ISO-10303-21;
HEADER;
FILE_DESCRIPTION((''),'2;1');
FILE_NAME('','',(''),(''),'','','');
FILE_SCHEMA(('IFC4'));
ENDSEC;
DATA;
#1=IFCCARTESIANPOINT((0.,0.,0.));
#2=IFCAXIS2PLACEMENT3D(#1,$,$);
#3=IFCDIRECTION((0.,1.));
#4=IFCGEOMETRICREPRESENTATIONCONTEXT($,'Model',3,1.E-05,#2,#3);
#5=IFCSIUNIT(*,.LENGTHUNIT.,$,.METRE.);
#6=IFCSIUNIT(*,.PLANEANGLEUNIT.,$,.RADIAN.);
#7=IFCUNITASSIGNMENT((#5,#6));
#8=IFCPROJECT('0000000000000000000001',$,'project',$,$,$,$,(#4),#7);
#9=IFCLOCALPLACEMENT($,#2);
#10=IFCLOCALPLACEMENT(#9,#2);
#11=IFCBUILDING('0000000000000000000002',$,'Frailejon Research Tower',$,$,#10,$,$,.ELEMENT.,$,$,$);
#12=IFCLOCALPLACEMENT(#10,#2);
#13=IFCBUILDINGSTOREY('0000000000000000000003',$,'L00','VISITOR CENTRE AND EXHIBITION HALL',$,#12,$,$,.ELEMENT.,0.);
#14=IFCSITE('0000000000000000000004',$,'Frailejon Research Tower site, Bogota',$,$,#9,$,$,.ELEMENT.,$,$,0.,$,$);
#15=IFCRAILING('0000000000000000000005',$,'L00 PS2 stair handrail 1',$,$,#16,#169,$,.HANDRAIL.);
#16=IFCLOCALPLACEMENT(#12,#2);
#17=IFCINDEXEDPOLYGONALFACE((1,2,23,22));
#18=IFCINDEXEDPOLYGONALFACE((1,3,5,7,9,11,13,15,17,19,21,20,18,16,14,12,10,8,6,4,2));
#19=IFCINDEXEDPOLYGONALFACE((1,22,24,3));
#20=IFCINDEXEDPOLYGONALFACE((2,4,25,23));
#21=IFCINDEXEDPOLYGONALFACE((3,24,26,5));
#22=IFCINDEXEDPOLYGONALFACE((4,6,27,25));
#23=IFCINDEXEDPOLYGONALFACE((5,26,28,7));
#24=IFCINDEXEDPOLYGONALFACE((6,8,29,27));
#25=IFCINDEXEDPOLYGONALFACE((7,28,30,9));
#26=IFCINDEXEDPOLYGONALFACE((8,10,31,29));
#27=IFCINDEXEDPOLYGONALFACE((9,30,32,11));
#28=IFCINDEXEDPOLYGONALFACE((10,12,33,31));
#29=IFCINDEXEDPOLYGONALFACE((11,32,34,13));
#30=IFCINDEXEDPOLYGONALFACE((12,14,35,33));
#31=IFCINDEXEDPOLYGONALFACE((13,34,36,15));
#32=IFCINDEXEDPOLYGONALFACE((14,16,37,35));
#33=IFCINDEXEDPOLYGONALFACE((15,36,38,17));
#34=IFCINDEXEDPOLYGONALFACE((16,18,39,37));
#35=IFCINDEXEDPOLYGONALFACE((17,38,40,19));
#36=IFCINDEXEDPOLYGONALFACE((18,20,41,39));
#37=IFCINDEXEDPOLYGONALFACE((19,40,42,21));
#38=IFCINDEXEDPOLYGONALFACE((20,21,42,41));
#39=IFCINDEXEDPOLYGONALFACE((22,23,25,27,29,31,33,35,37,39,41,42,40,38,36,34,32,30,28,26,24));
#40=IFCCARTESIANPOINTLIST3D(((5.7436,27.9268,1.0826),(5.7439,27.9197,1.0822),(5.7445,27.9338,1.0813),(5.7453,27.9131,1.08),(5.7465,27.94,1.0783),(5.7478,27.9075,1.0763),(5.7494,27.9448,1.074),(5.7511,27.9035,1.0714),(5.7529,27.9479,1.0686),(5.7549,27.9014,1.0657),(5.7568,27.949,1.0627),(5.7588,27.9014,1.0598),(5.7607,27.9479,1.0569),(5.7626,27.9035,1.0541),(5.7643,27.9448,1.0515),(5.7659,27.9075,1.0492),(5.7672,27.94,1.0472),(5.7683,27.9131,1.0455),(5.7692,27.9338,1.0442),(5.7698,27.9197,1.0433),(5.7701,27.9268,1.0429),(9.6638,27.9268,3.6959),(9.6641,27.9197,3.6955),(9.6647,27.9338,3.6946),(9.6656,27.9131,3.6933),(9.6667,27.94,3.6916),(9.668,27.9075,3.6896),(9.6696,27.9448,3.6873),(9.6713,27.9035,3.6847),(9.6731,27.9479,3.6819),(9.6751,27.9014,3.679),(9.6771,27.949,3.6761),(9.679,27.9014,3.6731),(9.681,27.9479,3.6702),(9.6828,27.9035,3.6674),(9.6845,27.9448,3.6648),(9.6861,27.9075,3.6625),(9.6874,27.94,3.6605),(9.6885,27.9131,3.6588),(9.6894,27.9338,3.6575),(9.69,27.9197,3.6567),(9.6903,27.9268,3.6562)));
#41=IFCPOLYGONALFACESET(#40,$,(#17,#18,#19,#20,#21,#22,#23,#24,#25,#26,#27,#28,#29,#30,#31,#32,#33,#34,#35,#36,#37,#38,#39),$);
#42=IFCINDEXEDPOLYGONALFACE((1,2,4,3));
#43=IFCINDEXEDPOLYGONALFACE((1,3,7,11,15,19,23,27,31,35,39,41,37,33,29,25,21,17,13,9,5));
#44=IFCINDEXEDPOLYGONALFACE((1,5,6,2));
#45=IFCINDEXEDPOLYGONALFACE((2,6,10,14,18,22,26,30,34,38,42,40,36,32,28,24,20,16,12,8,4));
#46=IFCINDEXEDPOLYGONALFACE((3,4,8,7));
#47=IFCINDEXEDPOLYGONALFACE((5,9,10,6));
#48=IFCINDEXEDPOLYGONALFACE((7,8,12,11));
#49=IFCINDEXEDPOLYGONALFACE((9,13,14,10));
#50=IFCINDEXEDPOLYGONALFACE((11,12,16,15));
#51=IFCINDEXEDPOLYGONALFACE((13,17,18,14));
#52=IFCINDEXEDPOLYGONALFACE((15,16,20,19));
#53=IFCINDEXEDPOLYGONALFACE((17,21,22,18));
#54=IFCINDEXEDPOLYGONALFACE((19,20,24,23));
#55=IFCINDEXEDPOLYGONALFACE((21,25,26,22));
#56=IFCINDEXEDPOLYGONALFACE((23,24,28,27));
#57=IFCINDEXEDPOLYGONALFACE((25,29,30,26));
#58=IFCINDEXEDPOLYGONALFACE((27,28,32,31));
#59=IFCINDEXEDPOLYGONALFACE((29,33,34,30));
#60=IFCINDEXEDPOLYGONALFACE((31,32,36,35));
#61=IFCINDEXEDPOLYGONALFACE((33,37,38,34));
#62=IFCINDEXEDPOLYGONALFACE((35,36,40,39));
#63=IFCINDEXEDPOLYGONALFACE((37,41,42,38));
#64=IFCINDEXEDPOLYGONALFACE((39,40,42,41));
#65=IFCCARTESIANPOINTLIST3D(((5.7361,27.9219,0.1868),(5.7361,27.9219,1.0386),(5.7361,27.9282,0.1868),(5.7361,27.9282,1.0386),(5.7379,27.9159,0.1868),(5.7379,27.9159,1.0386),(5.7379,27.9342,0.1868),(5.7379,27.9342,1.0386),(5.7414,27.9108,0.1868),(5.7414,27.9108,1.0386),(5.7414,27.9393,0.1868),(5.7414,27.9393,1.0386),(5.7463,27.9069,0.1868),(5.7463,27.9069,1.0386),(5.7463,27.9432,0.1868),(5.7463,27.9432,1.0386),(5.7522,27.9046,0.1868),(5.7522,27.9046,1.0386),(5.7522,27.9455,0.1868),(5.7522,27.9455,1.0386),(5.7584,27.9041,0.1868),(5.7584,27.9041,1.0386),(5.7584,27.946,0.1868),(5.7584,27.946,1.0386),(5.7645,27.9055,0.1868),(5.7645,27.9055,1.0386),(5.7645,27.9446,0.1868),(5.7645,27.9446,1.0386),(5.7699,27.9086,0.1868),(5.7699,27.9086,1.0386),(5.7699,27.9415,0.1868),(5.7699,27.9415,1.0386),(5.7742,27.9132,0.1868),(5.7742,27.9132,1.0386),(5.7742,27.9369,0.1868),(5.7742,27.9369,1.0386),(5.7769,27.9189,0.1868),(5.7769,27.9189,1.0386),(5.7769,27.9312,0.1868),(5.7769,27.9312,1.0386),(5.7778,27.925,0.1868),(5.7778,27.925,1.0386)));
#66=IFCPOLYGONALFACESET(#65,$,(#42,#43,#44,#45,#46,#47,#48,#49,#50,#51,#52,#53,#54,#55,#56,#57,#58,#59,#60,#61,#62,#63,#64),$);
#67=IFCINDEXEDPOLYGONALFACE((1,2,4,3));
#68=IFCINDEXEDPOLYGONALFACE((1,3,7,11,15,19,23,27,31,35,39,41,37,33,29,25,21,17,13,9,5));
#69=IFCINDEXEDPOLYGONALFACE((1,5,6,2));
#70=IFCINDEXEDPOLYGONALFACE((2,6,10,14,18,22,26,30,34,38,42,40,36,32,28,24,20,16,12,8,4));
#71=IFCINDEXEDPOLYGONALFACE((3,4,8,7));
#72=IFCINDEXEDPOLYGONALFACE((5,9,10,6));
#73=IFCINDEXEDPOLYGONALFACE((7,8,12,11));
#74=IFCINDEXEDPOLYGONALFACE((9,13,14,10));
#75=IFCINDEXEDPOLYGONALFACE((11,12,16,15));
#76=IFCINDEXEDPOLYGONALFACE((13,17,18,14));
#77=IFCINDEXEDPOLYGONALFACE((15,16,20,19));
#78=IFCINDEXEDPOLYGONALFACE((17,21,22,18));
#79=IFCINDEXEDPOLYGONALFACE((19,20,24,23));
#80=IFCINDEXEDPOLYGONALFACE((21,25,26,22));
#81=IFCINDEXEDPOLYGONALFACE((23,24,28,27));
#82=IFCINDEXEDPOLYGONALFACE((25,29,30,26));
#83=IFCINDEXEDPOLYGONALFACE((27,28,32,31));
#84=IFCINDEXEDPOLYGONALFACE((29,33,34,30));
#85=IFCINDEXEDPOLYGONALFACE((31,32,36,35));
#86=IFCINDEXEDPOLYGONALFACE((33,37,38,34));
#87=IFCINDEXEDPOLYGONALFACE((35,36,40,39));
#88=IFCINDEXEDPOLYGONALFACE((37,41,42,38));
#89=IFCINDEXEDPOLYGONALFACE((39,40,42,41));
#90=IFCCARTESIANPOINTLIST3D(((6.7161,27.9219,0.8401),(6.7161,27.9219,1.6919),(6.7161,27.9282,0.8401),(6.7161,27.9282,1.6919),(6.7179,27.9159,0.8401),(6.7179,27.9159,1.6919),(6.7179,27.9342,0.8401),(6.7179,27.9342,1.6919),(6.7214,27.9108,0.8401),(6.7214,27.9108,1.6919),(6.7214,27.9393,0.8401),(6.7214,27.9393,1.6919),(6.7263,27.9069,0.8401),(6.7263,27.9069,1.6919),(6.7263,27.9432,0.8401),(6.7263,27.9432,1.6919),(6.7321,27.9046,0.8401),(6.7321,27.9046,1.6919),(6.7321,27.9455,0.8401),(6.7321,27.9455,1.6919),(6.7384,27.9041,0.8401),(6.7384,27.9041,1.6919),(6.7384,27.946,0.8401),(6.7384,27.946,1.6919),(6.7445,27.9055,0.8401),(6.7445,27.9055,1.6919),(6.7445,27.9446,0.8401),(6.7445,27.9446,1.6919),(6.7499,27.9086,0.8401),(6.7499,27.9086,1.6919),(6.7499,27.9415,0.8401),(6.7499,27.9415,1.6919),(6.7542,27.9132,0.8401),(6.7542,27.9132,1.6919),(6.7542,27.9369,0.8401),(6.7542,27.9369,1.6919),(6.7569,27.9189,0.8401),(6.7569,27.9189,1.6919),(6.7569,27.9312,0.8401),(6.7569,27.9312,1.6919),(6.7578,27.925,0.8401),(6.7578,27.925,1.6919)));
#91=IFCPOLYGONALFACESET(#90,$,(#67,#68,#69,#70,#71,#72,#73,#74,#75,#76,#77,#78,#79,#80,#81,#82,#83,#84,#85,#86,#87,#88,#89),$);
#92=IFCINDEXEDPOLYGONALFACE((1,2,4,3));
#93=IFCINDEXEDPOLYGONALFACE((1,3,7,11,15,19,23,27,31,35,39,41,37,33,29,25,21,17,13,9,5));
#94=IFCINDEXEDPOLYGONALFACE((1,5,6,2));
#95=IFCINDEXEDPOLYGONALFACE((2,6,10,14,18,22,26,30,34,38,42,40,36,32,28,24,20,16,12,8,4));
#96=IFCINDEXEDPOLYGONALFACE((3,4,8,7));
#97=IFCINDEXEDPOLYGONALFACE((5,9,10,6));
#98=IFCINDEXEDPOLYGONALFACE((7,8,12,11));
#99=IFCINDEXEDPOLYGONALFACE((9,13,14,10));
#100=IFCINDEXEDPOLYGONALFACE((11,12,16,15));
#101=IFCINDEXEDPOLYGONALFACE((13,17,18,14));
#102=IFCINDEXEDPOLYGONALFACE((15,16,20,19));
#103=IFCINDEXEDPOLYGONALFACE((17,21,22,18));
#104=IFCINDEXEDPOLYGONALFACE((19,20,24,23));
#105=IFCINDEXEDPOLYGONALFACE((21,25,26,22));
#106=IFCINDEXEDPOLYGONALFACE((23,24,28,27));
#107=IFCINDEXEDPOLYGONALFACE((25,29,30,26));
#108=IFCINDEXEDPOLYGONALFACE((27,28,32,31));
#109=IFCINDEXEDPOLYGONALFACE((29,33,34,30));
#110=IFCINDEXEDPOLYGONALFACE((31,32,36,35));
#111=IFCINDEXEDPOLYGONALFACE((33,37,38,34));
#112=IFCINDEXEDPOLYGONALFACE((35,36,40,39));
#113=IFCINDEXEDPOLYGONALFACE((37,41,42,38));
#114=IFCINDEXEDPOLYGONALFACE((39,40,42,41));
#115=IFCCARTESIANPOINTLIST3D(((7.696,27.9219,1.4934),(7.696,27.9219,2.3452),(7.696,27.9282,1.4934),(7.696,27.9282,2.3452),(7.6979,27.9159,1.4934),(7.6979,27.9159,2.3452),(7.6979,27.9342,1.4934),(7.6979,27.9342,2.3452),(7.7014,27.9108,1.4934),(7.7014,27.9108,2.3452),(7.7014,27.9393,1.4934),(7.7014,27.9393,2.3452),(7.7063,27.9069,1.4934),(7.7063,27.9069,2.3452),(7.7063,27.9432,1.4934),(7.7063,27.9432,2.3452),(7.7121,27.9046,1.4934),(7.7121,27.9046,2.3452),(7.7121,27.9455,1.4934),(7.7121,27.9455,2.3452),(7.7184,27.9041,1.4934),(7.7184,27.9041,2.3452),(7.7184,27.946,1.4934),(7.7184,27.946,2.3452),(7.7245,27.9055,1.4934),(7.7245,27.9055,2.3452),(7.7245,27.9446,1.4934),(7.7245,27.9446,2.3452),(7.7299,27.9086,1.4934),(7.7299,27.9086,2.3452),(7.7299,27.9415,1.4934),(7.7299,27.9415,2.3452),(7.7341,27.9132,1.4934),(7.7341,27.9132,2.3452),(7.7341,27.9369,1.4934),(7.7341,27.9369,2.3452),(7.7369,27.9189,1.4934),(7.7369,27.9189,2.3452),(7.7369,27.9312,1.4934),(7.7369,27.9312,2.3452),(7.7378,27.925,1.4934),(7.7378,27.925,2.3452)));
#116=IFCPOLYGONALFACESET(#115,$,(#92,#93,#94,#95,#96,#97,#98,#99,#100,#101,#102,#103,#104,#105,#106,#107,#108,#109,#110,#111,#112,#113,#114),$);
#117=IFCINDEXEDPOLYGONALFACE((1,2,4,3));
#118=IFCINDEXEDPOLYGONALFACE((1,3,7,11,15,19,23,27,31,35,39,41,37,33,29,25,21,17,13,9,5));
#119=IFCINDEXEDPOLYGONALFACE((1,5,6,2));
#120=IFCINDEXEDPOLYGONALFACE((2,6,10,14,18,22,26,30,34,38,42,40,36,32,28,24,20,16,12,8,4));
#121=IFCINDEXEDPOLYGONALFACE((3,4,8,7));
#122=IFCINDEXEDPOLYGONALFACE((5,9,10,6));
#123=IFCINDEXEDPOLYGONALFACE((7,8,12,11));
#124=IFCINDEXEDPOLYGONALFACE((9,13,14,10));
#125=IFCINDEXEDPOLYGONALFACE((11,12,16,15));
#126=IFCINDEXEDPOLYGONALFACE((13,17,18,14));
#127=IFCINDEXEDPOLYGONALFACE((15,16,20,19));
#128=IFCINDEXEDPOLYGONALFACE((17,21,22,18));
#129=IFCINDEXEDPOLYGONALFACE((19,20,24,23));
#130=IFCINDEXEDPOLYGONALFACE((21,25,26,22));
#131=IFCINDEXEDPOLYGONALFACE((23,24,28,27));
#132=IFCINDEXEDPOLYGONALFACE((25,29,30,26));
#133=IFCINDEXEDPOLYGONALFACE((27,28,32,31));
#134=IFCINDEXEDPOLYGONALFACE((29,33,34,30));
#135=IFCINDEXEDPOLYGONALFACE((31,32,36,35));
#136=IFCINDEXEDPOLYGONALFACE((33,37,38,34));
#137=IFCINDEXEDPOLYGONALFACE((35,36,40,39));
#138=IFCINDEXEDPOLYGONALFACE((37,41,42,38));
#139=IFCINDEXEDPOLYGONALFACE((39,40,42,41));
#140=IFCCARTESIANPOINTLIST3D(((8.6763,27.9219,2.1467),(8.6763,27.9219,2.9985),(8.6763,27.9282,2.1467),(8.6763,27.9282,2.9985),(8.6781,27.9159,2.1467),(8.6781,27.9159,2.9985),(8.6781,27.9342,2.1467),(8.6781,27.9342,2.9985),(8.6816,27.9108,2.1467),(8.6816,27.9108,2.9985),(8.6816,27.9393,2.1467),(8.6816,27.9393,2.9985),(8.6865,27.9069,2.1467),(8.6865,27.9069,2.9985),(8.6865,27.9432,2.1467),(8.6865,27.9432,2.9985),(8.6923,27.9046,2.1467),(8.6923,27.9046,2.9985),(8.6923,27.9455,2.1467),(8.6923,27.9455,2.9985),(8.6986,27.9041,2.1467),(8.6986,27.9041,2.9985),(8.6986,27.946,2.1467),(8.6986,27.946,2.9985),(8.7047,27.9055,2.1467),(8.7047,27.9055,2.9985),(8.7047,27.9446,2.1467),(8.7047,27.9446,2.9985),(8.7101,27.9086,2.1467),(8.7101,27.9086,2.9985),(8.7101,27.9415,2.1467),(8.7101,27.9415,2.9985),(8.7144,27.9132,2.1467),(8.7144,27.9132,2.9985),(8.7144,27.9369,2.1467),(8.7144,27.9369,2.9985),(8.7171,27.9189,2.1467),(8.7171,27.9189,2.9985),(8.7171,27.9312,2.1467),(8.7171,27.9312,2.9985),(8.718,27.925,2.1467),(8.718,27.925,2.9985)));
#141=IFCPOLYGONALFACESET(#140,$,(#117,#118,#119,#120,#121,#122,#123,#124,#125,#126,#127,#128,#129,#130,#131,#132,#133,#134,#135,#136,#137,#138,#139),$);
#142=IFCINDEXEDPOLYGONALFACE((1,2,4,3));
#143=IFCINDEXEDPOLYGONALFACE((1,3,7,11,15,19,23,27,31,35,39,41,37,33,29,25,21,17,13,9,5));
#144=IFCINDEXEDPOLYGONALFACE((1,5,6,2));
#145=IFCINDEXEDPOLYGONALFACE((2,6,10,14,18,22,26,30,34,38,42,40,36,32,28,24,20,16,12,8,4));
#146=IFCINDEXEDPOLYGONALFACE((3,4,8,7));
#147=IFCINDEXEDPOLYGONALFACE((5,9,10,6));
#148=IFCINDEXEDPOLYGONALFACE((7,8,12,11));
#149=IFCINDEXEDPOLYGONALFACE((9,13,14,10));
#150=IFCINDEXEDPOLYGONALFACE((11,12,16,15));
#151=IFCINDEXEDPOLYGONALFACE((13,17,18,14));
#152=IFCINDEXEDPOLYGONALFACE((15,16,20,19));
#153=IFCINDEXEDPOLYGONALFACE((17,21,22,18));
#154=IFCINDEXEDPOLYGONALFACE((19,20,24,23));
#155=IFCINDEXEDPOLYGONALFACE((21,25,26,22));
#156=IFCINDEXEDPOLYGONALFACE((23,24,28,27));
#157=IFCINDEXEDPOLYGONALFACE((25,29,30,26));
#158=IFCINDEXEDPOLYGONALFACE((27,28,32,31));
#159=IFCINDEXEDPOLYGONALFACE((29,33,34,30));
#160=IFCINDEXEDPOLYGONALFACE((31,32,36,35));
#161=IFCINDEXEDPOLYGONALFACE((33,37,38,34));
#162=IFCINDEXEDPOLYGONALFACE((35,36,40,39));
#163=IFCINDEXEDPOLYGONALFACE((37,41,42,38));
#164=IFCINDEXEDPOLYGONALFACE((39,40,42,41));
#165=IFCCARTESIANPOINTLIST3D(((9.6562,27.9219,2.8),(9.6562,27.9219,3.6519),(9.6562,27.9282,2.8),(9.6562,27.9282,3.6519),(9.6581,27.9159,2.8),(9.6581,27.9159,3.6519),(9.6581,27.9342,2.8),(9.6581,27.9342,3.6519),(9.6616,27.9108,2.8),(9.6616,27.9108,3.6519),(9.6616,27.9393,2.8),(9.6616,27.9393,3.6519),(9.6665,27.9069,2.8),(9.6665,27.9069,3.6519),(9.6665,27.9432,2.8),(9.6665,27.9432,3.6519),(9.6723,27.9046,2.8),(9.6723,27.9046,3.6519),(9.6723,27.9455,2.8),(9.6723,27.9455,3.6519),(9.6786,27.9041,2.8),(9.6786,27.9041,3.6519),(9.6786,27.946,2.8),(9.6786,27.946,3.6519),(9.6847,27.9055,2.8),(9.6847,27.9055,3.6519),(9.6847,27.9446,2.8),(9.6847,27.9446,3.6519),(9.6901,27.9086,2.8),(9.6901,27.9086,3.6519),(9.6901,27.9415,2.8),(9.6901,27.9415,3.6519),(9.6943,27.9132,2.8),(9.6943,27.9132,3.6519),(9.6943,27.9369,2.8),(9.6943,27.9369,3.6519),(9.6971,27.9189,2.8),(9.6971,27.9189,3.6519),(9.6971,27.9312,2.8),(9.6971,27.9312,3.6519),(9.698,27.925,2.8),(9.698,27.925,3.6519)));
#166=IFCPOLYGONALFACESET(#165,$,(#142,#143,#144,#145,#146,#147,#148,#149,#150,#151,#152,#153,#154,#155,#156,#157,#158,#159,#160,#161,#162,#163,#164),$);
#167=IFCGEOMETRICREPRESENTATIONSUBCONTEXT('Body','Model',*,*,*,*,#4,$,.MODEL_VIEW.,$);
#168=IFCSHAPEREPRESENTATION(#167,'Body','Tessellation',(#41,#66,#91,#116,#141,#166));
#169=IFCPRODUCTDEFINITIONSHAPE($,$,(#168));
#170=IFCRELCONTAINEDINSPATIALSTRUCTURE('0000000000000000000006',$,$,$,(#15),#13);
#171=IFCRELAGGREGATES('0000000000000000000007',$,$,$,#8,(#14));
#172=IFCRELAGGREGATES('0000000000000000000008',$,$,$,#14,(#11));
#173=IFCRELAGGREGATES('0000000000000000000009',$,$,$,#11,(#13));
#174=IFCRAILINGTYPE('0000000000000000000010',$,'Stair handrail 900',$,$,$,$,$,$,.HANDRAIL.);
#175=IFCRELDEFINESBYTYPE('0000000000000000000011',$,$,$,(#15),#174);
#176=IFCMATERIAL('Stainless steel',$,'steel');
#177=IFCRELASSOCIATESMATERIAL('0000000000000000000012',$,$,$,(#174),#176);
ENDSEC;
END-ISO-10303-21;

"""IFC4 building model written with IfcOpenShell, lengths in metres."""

from ifc_helpers import new_model, si_unit, direction, frame, origin, origin_2d, place, context, subcontext, project, spatial, circle, extrude, material, type_object, element, save


model = new_model("IFC4")

# Units and contexts
model_context = context("Model", 3, precision=1e-05, world=origin(), true_north=direction((0.0, 1.0)))
body_context = subcontext(model_context, "Body", "Model", "MODEL_VIEW")
ifc_project = project(units=[si_unit("LENGTHUNIT", "METRE"), si_unit("PLANEANGLEUNIT", "RADIAN")], contexts=[model_context])

# Site, building, storey
site_placement = place(None, origin())
site = spatial("IfcSite", under=ifc_project, at=site_placement, Name="Frailejon Research Tower site, Bogota", CompositionType="ELEMENT", RefElevation=0.0)
building_placement = place(site_placement, origin())
building = spatial("IfcBuilding", under=site, at=building_placement, Name="Frailejon Research Tower", CompositionType="ELEMENT")
storey_placement = place(building_placement, origin())
storey = spatial("IfcBuildingStorey", under=building, at=storey_placement, Name="L00", Description="VISITOR CENTRE AND EXHIBITION HALL", CompositionType="ELEMENT", Elevation=0.0)

# Railing
ifc_material_1 = material(Name="Stainless steel", Category="steel")
railing_type_1 = type_object("IfcRailingType", Name="Stair handrail 900", PredefinedType="HANDRAIL", material=ifc_material_1)
railing_1_placement = place(storey_placement, frame((5.7568, 27.925, 0.1868)))
element("IfcRailing", 1, at=railing_1_placement, inside=storey, type_object=railing_type_1, Name="L00 PS2 stair handrail 1", PredefinedType="HANDRAIL", context=body_context, shape_type="SweptSolid", body=[
    extrude(circle(Radius=0.0239, at=origin_2d()), frame((0.0, 0.0, 0.876), z_axis=(0.832066, 0.0, 0.554676), x_axis=(0.0, 1.0, 0.0)), (0.0, 0.0, 1.0), 4.7114),
    extrude(circle(Radius=0.021, at=origin_2d()), origin(), (0.0, 0.0, 1.0), 0.8518),
    extrude(circle(Radius=0.021, at=origin_2d()), frame((0.98, 0.0, 0.6533)), (0.0, 0.0, 1.0), 0.8518),
    extrude(circle(Radius=0.021, at=origin_2d()), frame((1.96, 0.0, 1.3066)), (0.0, 0.0, 1.0), 0.8518),
    extrude(circle(Radius=0.021, at=origin_2d()), frame((2.9402, 0.0, 1.96)), (0.0, 0.0, 1.0), 0.8518),
    extrude(circle(Radius=0.021, at=origin_2d()), frame((3.9202, 0.0, 2.6133)), (0.0, 0.0, 1.0), 0.8518),
])

save(model, "model.ifc")
